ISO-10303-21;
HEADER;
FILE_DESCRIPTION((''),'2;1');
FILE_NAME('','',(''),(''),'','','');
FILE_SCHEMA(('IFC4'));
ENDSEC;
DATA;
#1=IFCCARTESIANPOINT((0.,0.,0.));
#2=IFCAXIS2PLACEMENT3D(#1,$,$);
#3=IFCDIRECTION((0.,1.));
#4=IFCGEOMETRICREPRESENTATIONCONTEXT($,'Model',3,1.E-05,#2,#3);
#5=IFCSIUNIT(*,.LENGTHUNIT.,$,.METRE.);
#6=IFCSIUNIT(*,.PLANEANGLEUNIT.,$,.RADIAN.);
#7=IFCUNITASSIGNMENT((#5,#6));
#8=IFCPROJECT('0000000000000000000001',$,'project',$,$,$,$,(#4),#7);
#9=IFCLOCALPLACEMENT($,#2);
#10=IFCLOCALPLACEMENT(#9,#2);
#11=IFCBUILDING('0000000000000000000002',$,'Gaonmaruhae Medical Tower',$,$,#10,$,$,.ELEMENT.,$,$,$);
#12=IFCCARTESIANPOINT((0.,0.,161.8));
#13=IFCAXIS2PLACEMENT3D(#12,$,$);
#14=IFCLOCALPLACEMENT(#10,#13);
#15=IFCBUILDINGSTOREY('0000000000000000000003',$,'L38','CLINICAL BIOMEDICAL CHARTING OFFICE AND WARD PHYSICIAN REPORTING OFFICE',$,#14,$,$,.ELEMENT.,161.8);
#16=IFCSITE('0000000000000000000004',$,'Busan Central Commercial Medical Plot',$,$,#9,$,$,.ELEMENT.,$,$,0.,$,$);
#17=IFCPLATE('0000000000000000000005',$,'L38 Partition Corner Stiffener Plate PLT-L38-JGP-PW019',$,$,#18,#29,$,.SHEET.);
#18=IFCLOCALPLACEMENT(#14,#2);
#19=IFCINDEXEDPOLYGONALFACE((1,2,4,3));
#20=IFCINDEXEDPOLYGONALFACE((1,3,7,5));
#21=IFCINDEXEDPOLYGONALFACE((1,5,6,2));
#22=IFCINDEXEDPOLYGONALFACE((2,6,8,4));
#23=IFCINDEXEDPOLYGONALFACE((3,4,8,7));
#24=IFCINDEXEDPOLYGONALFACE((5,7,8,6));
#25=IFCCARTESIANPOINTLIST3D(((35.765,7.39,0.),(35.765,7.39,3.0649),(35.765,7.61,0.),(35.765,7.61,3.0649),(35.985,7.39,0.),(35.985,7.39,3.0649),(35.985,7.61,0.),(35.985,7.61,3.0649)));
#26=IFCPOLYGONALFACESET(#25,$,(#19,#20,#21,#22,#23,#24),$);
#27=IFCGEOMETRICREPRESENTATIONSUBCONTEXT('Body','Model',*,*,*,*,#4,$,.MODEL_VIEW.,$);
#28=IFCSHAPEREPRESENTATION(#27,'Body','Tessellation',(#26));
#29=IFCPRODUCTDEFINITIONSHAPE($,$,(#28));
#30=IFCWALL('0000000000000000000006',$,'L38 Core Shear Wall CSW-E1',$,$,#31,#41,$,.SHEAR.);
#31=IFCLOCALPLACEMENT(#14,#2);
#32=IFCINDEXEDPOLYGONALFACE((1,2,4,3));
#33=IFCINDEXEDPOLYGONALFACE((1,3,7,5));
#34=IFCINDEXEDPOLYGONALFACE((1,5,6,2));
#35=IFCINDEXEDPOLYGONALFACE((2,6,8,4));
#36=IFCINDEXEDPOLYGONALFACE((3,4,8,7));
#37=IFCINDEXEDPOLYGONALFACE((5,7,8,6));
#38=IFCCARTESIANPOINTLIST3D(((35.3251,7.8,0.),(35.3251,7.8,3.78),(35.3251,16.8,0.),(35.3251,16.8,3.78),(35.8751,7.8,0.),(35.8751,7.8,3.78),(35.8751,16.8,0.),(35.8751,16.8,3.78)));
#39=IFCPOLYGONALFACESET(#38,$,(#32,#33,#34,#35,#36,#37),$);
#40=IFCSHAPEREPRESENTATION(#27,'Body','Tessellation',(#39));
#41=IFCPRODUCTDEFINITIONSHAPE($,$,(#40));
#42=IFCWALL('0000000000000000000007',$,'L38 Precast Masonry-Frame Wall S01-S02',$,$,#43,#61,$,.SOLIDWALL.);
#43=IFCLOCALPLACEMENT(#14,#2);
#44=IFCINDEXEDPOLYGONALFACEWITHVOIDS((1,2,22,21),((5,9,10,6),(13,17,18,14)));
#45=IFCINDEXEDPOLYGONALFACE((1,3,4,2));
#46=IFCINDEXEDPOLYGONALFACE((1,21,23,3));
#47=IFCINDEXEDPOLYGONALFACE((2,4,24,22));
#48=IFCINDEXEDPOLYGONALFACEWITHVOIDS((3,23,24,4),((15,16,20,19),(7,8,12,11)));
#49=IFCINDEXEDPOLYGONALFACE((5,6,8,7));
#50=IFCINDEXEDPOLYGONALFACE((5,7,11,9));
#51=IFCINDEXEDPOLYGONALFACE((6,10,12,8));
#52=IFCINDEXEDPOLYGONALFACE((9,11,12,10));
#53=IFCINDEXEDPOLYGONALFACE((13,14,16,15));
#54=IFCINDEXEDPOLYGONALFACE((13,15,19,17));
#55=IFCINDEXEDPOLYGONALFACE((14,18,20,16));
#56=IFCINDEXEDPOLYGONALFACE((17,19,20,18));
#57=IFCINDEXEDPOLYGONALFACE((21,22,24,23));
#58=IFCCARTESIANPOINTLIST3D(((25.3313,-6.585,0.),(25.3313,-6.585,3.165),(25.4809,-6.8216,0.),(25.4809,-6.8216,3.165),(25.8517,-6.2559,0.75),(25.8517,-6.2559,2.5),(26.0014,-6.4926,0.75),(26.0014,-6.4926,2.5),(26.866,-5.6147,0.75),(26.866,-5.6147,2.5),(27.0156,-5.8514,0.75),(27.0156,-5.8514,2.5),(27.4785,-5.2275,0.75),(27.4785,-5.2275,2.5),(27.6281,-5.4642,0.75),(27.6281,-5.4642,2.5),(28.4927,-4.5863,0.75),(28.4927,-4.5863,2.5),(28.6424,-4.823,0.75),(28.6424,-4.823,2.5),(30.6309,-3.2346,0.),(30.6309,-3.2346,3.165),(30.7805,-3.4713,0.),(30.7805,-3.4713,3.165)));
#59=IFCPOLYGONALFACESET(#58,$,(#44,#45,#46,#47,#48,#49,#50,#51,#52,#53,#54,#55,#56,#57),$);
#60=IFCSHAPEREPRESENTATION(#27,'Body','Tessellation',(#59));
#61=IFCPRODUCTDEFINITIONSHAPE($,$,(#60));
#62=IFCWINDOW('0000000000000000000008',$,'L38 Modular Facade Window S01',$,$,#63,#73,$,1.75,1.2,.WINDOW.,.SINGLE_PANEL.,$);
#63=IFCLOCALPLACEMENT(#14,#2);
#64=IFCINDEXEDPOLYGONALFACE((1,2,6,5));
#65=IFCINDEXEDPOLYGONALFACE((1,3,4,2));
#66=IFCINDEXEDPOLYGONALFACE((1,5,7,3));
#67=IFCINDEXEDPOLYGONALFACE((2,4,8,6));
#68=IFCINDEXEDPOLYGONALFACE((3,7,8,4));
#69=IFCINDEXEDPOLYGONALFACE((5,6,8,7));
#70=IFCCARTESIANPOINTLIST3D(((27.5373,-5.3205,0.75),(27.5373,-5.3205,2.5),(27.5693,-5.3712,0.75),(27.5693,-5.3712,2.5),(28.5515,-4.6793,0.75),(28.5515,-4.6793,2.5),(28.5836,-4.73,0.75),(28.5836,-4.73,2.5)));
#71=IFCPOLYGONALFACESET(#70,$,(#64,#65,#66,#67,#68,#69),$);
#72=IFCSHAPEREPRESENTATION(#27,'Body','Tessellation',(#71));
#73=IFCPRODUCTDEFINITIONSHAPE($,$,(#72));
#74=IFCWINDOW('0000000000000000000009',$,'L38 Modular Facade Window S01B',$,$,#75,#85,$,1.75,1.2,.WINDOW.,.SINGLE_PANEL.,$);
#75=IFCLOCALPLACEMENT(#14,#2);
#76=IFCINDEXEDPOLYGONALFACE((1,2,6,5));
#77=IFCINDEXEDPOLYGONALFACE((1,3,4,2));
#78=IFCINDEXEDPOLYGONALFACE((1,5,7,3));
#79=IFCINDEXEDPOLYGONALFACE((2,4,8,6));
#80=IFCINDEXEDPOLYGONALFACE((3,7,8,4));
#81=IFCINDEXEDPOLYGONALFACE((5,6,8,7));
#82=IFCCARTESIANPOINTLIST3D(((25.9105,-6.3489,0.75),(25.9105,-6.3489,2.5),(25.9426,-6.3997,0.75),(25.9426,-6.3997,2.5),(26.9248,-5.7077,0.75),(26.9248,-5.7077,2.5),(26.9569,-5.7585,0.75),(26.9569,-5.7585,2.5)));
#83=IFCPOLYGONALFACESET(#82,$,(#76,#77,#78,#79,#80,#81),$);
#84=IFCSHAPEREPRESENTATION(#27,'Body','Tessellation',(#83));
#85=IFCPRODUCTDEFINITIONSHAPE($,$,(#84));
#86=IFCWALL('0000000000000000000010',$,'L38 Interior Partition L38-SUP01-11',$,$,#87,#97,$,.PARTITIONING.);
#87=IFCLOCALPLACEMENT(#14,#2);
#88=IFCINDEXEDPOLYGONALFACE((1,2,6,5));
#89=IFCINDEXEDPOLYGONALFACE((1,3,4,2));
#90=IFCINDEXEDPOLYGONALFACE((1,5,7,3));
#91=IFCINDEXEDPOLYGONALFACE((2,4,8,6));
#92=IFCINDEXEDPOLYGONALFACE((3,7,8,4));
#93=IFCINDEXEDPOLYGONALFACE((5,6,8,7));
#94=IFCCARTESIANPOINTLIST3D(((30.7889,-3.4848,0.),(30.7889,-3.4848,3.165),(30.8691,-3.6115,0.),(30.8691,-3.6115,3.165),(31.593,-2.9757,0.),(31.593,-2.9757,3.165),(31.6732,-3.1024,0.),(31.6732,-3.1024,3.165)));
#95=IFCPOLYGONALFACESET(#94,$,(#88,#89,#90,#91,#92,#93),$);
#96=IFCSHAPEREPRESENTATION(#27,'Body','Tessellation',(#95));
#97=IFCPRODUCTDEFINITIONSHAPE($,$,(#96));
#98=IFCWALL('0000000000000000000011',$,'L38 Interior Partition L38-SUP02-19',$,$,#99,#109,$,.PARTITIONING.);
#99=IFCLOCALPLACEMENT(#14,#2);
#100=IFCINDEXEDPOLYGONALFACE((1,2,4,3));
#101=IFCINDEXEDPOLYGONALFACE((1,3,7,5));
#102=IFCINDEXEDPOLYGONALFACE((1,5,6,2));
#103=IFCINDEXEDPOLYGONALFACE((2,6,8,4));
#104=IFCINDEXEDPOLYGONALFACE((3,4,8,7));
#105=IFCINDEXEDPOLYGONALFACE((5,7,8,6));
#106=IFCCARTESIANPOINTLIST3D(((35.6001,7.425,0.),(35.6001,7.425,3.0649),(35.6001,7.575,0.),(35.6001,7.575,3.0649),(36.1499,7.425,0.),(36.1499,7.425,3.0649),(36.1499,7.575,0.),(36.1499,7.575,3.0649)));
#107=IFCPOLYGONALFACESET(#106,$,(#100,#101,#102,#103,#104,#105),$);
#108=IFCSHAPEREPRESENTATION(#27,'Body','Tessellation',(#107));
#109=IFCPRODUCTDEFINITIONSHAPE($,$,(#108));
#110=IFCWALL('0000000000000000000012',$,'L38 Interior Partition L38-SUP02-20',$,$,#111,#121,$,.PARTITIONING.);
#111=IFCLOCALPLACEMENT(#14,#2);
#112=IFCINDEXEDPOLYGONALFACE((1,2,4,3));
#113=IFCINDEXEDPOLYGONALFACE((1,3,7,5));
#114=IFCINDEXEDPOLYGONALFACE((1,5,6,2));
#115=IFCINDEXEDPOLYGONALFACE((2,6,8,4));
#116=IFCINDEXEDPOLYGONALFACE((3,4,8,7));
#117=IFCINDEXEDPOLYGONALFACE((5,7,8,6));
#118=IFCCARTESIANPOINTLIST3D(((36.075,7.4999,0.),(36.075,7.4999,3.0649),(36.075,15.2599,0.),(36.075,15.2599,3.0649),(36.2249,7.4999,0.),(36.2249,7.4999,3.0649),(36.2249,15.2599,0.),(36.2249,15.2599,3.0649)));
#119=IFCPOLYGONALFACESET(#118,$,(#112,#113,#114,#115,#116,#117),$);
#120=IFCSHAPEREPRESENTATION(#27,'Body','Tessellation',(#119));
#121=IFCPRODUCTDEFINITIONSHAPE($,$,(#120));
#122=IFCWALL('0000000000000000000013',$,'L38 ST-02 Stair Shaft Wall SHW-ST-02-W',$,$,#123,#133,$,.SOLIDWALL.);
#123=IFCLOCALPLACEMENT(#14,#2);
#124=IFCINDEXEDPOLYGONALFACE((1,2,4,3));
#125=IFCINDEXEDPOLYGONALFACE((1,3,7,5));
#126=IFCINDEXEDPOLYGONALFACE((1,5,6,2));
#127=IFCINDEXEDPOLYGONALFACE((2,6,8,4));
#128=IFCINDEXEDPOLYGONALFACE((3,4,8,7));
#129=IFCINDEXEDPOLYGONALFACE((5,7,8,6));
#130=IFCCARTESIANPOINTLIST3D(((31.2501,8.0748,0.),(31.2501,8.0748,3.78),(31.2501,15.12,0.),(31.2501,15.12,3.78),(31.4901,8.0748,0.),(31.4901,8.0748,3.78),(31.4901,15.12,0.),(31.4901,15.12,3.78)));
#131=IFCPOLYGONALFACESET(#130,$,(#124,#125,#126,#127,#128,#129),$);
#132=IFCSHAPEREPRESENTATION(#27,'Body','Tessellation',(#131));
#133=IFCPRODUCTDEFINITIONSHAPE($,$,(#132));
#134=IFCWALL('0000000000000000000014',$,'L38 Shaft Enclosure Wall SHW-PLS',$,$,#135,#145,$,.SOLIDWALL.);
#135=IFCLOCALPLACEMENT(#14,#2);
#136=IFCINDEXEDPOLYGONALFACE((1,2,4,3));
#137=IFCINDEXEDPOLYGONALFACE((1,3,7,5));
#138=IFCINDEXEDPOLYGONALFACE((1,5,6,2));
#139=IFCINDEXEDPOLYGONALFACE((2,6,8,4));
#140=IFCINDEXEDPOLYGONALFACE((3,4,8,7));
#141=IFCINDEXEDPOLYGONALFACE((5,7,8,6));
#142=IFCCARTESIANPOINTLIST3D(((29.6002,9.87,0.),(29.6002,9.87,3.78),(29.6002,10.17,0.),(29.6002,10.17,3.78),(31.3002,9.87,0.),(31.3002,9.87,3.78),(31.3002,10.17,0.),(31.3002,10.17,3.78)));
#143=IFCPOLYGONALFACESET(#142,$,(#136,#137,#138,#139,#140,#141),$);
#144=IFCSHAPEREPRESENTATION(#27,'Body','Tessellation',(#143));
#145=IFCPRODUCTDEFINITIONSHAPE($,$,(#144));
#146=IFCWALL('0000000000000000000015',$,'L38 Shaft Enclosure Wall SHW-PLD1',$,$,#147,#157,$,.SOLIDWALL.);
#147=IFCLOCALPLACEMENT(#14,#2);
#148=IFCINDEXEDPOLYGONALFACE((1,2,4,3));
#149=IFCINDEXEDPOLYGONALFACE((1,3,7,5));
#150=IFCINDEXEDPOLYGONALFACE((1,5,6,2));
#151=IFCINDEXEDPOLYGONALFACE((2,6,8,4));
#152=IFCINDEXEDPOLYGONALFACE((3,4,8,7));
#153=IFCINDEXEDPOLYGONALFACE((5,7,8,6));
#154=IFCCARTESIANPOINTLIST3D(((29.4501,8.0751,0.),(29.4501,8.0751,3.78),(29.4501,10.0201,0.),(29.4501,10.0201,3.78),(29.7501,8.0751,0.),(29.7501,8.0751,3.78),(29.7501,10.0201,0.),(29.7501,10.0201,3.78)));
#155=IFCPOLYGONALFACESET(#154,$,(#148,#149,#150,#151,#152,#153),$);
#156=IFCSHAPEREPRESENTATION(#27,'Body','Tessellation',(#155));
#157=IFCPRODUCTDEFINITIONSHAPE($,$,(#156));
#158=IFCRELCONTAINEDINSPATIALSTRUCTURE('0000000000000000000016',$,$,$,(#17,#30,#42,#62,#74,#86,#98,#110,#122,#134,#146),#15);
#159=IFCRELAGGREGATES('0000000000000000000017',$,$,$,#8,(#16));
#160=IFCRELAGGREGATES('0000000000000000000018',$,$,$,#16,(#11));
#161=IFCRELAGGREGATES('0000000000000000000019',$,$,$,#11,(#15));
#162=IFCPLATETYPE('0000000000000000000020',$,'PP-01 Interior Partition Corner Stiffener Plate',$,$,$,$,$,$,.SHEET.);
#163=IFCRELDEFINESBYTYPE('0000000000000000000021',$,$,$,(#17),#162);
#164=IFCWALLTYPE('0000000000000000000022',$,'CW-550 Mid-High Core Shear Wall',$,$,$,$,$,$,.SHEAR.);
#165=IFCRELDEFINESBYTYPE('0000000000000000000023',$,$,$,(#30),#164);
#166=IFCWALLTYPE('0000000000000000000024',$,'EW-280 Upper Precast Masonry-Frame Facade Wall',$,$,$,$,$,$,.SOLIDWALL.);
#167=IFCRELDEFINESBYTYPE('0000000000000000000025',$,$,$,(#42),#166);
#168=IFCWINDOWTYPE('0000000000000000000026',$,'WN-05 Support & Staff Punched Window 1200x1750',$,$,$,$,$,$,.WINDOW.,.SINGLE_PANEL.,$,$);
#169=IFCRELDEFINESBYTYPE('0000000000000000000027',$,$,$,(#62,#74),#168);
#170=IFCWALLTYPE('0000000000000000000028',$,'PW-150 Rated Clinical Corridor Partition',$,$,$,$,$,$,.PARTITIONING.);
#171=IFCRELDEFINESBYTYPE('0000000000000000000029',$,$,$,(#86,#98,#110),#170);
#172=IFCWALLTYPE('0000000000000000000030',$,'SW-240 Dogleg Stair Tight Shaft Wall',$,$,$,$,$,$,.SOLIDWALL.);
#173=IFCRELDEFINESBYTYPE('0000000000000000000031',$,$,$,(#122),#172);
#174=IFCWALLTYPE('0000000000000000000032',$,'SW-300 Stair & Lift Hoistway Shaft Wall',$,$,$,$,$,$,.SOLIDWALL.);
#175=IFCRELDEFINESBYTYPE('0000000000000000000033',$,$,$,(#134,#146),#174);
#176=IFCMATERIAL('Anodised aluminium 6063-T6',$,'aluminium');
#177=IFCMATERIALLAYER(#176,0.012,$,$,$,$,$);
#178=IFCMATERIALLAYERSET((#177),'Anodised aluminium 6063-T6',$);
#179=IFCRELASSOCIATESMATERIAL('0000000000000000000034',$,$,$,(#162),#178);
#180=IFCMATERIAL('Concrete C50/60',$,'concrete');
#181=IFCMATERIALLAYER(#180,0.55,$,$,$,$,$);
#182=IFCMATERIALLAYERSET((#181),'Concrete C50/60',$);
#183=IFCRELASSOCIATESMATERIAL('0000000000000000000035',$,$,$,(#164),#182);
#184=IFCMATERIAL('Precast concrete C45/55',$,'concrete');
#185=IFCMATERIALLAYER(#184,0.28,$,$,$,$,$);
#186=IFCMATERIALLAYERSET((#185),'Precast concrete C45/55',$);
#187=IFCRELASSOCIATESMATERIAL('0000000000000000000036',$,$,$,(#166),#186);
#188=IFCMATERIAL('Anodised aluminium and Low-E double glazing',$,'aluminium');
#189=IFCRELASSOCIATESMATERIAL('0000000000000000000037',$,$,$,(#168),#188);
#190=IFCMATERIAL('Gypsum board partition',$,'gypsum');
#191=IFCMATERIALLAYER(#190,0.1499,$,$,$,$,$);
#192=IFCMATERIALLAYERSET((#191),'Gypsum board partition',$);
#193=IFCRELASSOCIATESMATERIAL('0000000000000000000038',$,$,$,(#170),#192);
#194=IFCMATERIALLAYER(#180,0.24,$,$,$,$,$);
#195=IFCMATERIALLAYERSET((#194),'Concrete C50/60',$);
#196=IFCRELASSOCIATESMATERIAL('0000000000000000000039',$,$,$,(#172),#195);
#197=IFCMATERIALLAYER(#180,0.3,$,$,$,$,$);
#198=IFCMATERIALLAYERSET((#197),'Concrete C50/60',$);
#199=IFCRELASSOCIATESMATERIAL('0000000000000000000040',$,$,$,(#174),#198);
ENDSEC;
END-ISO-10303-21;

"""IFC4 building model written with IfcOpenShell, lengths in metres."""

from ifc_helpers import new_model, si_unit, direction, frame, frame_2d, origin, origin_2d, place, context, subcontext, project, spatial, rectangle, extrude, material, layer, layer_set, type_object, element, fill, save


model = new_model("IFC4")

# Units and contexts
model_context = context("Model", 3, precision=1e-05, world=origin(), true_north=direction((0.0, 1.0)))
body_context = subcontext(model_context, "Body", "Model", "MODEL_VIEW")
ifc_project = project(units=[si_unit("LENGTHUNIT", "METRE"), si_unit("PLANEANGLEUNIT", "RADIAN")], contexts=[model_context])

# Site, building, storey
site_placement = place(None, origin())
site = spatial("IfcSite", under=ifc_project, at=site_placement, Name="Busan Central Commercial Medical Plot", CompositionType="ELEMENT", RefElevation=0.0)
building_placement = place(site_placement, origin())
building = spatial("IfcBuilding", under=site, at=building_placement, Name="Gaonmaruhae Medical Tower", CompositionType="ELEMENT")
storey_placement = place(building_placement, frame((0.0, 0.0, 161.8)))
storey = spatial("IfcBuildingStorey", under=building, at=storey_placement, Name="L38", Description="CLINICAL BIOMEDICAL CHARTING OFFICE AND WARD PHYSICIAN REPORTING OFFICE", CompositionType="ELEMENT", Elevation=161.8)

# Shared definitions
ifc_material_1 = material(Name="Concrete C50/60", Category="concrete")

# Plate
ifc_material_2 = material(Name="Anodised aluminium 6063-T6", Category="aluminium")
ifc_layer_1 = layer(ifc_material_2, 0.012)
ifc_layer_set_1 = layer_set([ifc_layer_1], Name="Anodised aluminium 6063-T6")
plate_type = type_object("IfcPlateType", Name="PP-01 Interior Partition Corner Stiffener Plate", PredefinedType="SHEET", material=ifc_layer_set_1)
plate_1_placement = place(storey_placement, frame((35.875, 7.5, 0.0), z_axis=(0.0, 0.0, 1.0), x_axis=(1.0, 0.0, 0.0)))
element("IfcPlate", 1, at=plate_1_placement, inside=storey, type_object=plate_type, Name="L38 Partition Corner Stiffener Plate PLT-L38-JGP-PW019", PredefinedType="SHEET", context=body_context, shape_type="SweptSolid", body=[
    extrude(rectangle(XDim=0.22, YDim=0.22, at=origin_2d()), origin(), (0.0, 0.0, 1.0), 3.0649),
])

# Wall
ifc_layer_2 = layer(ifc_material_1, 0.55)
ifc_layer_set_2 = layer_set([ifc_layer_2], Name="Concrete C50/60")
wall_type_1 = type_object("IfcWallType", Name="CW-550 Mid-High Core Shear Wall", PredefinedType="SHEAR", material=ifc_layer_set_2)
wall_1_placement = place(storey_placement, frame((35.6001, 7.8, 0.0), z_axis=(0.0, 0.0, 1.0), x_axis=(0.0, 1.0, 0.0)))
element("IfcWall", 2, at=wall_1_placement, inside=storey, type_object=wall_type_1, Name="L38 Core Shear Wall CSW-E1", PredefinedType="SHEAR", context=body_context, shape_type="SweptSolid", body=[
    extrude(rectangle(XDim=9.0, YDim=0.55, at=frame_2d((4.5, 0.0))), origin(), (0.0, 0.0, 1.0), 3.78),
])

# Wall, openings, windows
ifc_material_3 = material(Name="Precast concrete C45/55", Category="concrete")
ifc_layer_3 = layer(ifc_material_3, 0.28)
ifc_layer_set_3 = layer_set([ifc_layer_3], Name="Precast concrete C45/55")
wall_type_2 = type_object("IfcWallType", Name="EW-280 Upper Precast Masonry-Frame Facade Wall", PredefinedType="SOLIDWALL", material=ifc_layer_set_3)
wall_2_placement = place(storey_placement, frame((30.7056, -3.353, 0.0), z_axis=(0.0, 0.0, 1.0), x_axis=(-0.845255, -0.534364, 0.0)))
wall_2 = element("IfcWall", 3, at=wall_2_placement, inside=storey, type_object=wall_type_2, Name="L38 Precast Masonry-Frame Wall S01-S02", PredefinedType="SOLIDWALL", context=body_context, shape_type="SweptSolid", body=[
    extrude(rectangle(XDim=6.2698, YDim=0.28, at=frame_2d((3.1348, 0.0))), origin(), (0.0, 0.0, 1.0), 3.165),
])
opening_1_placement = place(wall_2_placement, frame((2.5293, 0.0, 0.75)))
opening_1 = element("IfcOpeningElement", 4, at=opening_1_placement, cuts=wall_2, PredefinedType="OPENING", context=body_context, shape_type="SweptSolid", body=[
    extrude(rectangle(XDim=1.2, YDim=1.75, at=frame_2d((0.6001, 0.875))), frame((0.0, 0.1499, 0.0), z_axis=(0.0, -1.0, 0.0), x_axis=(1.0, 0.0, 0.0)), (0.0, 0.0, 1.0), 0.3),
])
opening_2_placement = place(wall_2_placement, frame((4.4539, 0.0, 0.75)))
opening_2 = element("IfcOpeningElement", 5, at=opening_2_placement, cuts=wall_2, PredefinedType="OPENING", context=body_context, shape_type="SweptSolid", body=[
    extrude(rectangle(XDim=1.2, YDim=1.75, at=frame_2d((0.6001, 0.875))), frame((0.0, 0.1499, 0.0), z_axis=(0.0, -1.0, 0.0), x_axis=(1.0, 0.0, 0.0)), (0.0, 0.0, 1.0), 0.3),
])
ifc_material_4 = material(Name="Anodised aluminium and Low-E double glazing", Category="aluminium")
window_type = type_object("IfcWindowType", Name="WN-05 Support & Staff Punched Window 1200x1750", PartitioningType="SINGLE_PANEL", PredefinedType="WINDOW", material=ifc_material_4)
window_1_placement = place(opening_1_placement, origin())
window_1 = element("IfcWindow", 6, at=window_1_placement, inside=storey, type_object=window_type, Name="L38 Modular Facade Window S01", OverallHeight=1.75, OverallWidth=1.2, PartitioningType="SINGLE_PANEL", PredefinedType="WINDOW", context=body_context, shape_type="SweptSolid", body=[
    extrude(rectangle(XDim=1.2, YDim=1.75, at=frame_2d((0.6001, 0.875))), frame((0.0, 0.03, 0.0), z_axis=(0.0, -1.0, 0.0), x_axis=(1.0, 0.0, 0.0)), (0.0, 0.0, 1.0), 0.0601),
])
fill(opening_1, window_1)
window_2_placement = place(opening_2_placement, origin())
window_2 = element("IfcWindow", 7, at=window_2_placement, inside=storey, type_object=window_type, Name="L38 Modular Facade Window S01B", OverallHeight=1.75, OverallWidth=1.2, PartitioningType="SINGLE_PANEL", PredefinedType="WINDOW", context=body_context, shape_type="SweptSolid", body=[
    extrude(rectangle(XDim=1.2, YDim=1.75, at=frame_2d((0.6001, 0.875))), frame((0.0, 0.03, 0.0), z_axis=(0.0, -1.0, 0.0), x_axis=(1.0, 0.0, 0.0)), (0.0, 0.0, 1.0), 0.0601),
])
fill(opening_2, window_2)

# Walls
ifc_material_5 = material(Name="Gypsum board partition", Category="gypsum")
ifc_layer_4 = layer(ifc_material_5, 0.1499)
ifc_layer_set_4 = layer_set([ifc_layer_4], Name="Gypsum board partition")
wall_type_3 = type_object("IfcWallType", Name="PW-150 Rated Clinical Corridor Partition", PredefinedType="PARTITIONING", material=ifc_layer_set_4)
wall_3_placement = place(storey_placement, frame((31.6331, -3.0391, 0.0), z_axis=(0.0, 0.0, 1.0), x_axis=(-0.844885, -0.534948, 0.0)))
element("IfcWall", 8, at=wall_3_placement, inside=storey, type_object=wall_type_3, Name="L38 Interior Partition L38-SUP01-11", PredefinedType="PARTITIONING", context=body_context, shape_type="SweptSolid", body=[
    extrude(rectangle(XDim=0.9517, YDim=0.1499, at=frame_2d((0.4758, 0.0))), origin(), (0.0, 0.0, 1.0), 3.165),
])
wall_4_placement = place(storey_placement, frame((35.6001, 7.5, 0.0), z_axis=(0.0, 0.0, 1.0), x_axis=(1.0, 0.0, 0.0)))
element("IfcWall", 9, at=wall_4_placement, inside=storey, type_object=wall_type_3, Name="L38 Interior Partition L38-SUP02-19", PredefinedType="PARTITIONING", context=body_context, shape_type="SweptSolid", body=[
    extrude(rectangle(XDim=0.5498, YDim=0.1499, at=frame_2d((0.2749, 0.0))), origin(), (0.0, 0.0, 1.0), 3.0649),
])
wall_5_placement = place(storey_placement, frame((36.1499, 7.5, 0.0), z_axis=(0.0, 0.0, 1.0), x_axis=(0.0, 1.0, 0.0)))
element("IfcWall", 10, at=wall_5_placement, inside=storey, type_object=wall_type_3, Name="L38 Interior Partition L38-SUP02-20", PredefinedType="PARTITIONING", context=body_context, shape_type="SweptSolid", body=[
    extrude(rectangle(XDim=7.76, YDim=0.1499, at=frame_2d((3.8799, 0.0))), origin(), (0.0, 0.0, 1.0), 3.0649),
])
ifc_layer_5 = layer(ifc_material_1, 0.24)
ifc_layer_set_5 = layer_set([ifc_layer_5], Name="Concrete C50/60")
wall_type_4 = type_object("IfcWallType", Name="SW-240 Dogleg Stair Tight Shaft Wall", PredefinedType="SOLIDWALL", material=ifc_layer_set_5)
wall_6_placement = place(storey_placement, frame((31.3701, 8.075, 0.0), z_axis=(0.0, 0.0, 1.0), x_axis=(0.0, 1.0, 0.0)))
element("IfcWall", 11, at=wall_6_placement, inside=storey, type_object=wall_type_4, Name="L38 ST-02 Stair Shaft Wall SHW-ST-02-W", PredefinedType="SOLIDWALL", context=body_context, shape_type="SweptSolid", body=[
    extrude(rectangle(XDim=7.0452, YDim=0.24, at=frame_2d((3.5225, 0.0))), origin(), (0.0, 0.0, 1.0), 3.78),
])
ifc_layer_6 = layer(ifc_material_1, 0.3)
ifc_layer_set_6 = layer_set([ifc_layer_6], Name="Concrete C50/60")
wall_type_5 = type_object("IfcWallType", Name="SW-300 Stair & Lift Hoistway Shaft Wall", PredefinedType="SOLIDWALL", material=ifc_layer_set_6)
wall_7_placement = place(storey_placement, frame((29.6001, 10.02, 0.0), z_axis=(0.0, 0.0, 1.0), x_axis=(1.0, 0.0, 0.0)))
element("IfcWall", 12, at=wall_7_placement, inside=storey, type_object=wall_type_5, Name="L38 Shaft Enclosure Wall SHW-PLS", PredefinedType="SOLIDWALL", context=body_context, shape_type="SweptSolid", body=[
    extrude(rectangle(XDim=1.7, YDim=0.3, at=frame_2d((0.8501, 0.0))), origin(), (0.0, 0.0, 1.0), 3.78),
])
wall_8_placement = place(storey_placement, frame((29.6001, 8.075, 0.0), z_axis=(0.0, 0.0, 1.0), x_axis=(0.0, 1.0, 0.0)))
element("IfcWall", 13, at=wall_8_placement, inside=storey, type_object=wall_type_5, Name="L38 Shaft Enclosure Wall SHW-PLD1", PredefinedType="SOLIDWALL", context=body_context, shape_type="SweptSolid", body=[
    extrude(rectangle(XDim=1.9451, YDim=0.3, at=frame_2d((0.9727, 0.0))), origin(), (0.0, 0.0, 1.0), 3.78),
])

save(model, "model.ifc")
